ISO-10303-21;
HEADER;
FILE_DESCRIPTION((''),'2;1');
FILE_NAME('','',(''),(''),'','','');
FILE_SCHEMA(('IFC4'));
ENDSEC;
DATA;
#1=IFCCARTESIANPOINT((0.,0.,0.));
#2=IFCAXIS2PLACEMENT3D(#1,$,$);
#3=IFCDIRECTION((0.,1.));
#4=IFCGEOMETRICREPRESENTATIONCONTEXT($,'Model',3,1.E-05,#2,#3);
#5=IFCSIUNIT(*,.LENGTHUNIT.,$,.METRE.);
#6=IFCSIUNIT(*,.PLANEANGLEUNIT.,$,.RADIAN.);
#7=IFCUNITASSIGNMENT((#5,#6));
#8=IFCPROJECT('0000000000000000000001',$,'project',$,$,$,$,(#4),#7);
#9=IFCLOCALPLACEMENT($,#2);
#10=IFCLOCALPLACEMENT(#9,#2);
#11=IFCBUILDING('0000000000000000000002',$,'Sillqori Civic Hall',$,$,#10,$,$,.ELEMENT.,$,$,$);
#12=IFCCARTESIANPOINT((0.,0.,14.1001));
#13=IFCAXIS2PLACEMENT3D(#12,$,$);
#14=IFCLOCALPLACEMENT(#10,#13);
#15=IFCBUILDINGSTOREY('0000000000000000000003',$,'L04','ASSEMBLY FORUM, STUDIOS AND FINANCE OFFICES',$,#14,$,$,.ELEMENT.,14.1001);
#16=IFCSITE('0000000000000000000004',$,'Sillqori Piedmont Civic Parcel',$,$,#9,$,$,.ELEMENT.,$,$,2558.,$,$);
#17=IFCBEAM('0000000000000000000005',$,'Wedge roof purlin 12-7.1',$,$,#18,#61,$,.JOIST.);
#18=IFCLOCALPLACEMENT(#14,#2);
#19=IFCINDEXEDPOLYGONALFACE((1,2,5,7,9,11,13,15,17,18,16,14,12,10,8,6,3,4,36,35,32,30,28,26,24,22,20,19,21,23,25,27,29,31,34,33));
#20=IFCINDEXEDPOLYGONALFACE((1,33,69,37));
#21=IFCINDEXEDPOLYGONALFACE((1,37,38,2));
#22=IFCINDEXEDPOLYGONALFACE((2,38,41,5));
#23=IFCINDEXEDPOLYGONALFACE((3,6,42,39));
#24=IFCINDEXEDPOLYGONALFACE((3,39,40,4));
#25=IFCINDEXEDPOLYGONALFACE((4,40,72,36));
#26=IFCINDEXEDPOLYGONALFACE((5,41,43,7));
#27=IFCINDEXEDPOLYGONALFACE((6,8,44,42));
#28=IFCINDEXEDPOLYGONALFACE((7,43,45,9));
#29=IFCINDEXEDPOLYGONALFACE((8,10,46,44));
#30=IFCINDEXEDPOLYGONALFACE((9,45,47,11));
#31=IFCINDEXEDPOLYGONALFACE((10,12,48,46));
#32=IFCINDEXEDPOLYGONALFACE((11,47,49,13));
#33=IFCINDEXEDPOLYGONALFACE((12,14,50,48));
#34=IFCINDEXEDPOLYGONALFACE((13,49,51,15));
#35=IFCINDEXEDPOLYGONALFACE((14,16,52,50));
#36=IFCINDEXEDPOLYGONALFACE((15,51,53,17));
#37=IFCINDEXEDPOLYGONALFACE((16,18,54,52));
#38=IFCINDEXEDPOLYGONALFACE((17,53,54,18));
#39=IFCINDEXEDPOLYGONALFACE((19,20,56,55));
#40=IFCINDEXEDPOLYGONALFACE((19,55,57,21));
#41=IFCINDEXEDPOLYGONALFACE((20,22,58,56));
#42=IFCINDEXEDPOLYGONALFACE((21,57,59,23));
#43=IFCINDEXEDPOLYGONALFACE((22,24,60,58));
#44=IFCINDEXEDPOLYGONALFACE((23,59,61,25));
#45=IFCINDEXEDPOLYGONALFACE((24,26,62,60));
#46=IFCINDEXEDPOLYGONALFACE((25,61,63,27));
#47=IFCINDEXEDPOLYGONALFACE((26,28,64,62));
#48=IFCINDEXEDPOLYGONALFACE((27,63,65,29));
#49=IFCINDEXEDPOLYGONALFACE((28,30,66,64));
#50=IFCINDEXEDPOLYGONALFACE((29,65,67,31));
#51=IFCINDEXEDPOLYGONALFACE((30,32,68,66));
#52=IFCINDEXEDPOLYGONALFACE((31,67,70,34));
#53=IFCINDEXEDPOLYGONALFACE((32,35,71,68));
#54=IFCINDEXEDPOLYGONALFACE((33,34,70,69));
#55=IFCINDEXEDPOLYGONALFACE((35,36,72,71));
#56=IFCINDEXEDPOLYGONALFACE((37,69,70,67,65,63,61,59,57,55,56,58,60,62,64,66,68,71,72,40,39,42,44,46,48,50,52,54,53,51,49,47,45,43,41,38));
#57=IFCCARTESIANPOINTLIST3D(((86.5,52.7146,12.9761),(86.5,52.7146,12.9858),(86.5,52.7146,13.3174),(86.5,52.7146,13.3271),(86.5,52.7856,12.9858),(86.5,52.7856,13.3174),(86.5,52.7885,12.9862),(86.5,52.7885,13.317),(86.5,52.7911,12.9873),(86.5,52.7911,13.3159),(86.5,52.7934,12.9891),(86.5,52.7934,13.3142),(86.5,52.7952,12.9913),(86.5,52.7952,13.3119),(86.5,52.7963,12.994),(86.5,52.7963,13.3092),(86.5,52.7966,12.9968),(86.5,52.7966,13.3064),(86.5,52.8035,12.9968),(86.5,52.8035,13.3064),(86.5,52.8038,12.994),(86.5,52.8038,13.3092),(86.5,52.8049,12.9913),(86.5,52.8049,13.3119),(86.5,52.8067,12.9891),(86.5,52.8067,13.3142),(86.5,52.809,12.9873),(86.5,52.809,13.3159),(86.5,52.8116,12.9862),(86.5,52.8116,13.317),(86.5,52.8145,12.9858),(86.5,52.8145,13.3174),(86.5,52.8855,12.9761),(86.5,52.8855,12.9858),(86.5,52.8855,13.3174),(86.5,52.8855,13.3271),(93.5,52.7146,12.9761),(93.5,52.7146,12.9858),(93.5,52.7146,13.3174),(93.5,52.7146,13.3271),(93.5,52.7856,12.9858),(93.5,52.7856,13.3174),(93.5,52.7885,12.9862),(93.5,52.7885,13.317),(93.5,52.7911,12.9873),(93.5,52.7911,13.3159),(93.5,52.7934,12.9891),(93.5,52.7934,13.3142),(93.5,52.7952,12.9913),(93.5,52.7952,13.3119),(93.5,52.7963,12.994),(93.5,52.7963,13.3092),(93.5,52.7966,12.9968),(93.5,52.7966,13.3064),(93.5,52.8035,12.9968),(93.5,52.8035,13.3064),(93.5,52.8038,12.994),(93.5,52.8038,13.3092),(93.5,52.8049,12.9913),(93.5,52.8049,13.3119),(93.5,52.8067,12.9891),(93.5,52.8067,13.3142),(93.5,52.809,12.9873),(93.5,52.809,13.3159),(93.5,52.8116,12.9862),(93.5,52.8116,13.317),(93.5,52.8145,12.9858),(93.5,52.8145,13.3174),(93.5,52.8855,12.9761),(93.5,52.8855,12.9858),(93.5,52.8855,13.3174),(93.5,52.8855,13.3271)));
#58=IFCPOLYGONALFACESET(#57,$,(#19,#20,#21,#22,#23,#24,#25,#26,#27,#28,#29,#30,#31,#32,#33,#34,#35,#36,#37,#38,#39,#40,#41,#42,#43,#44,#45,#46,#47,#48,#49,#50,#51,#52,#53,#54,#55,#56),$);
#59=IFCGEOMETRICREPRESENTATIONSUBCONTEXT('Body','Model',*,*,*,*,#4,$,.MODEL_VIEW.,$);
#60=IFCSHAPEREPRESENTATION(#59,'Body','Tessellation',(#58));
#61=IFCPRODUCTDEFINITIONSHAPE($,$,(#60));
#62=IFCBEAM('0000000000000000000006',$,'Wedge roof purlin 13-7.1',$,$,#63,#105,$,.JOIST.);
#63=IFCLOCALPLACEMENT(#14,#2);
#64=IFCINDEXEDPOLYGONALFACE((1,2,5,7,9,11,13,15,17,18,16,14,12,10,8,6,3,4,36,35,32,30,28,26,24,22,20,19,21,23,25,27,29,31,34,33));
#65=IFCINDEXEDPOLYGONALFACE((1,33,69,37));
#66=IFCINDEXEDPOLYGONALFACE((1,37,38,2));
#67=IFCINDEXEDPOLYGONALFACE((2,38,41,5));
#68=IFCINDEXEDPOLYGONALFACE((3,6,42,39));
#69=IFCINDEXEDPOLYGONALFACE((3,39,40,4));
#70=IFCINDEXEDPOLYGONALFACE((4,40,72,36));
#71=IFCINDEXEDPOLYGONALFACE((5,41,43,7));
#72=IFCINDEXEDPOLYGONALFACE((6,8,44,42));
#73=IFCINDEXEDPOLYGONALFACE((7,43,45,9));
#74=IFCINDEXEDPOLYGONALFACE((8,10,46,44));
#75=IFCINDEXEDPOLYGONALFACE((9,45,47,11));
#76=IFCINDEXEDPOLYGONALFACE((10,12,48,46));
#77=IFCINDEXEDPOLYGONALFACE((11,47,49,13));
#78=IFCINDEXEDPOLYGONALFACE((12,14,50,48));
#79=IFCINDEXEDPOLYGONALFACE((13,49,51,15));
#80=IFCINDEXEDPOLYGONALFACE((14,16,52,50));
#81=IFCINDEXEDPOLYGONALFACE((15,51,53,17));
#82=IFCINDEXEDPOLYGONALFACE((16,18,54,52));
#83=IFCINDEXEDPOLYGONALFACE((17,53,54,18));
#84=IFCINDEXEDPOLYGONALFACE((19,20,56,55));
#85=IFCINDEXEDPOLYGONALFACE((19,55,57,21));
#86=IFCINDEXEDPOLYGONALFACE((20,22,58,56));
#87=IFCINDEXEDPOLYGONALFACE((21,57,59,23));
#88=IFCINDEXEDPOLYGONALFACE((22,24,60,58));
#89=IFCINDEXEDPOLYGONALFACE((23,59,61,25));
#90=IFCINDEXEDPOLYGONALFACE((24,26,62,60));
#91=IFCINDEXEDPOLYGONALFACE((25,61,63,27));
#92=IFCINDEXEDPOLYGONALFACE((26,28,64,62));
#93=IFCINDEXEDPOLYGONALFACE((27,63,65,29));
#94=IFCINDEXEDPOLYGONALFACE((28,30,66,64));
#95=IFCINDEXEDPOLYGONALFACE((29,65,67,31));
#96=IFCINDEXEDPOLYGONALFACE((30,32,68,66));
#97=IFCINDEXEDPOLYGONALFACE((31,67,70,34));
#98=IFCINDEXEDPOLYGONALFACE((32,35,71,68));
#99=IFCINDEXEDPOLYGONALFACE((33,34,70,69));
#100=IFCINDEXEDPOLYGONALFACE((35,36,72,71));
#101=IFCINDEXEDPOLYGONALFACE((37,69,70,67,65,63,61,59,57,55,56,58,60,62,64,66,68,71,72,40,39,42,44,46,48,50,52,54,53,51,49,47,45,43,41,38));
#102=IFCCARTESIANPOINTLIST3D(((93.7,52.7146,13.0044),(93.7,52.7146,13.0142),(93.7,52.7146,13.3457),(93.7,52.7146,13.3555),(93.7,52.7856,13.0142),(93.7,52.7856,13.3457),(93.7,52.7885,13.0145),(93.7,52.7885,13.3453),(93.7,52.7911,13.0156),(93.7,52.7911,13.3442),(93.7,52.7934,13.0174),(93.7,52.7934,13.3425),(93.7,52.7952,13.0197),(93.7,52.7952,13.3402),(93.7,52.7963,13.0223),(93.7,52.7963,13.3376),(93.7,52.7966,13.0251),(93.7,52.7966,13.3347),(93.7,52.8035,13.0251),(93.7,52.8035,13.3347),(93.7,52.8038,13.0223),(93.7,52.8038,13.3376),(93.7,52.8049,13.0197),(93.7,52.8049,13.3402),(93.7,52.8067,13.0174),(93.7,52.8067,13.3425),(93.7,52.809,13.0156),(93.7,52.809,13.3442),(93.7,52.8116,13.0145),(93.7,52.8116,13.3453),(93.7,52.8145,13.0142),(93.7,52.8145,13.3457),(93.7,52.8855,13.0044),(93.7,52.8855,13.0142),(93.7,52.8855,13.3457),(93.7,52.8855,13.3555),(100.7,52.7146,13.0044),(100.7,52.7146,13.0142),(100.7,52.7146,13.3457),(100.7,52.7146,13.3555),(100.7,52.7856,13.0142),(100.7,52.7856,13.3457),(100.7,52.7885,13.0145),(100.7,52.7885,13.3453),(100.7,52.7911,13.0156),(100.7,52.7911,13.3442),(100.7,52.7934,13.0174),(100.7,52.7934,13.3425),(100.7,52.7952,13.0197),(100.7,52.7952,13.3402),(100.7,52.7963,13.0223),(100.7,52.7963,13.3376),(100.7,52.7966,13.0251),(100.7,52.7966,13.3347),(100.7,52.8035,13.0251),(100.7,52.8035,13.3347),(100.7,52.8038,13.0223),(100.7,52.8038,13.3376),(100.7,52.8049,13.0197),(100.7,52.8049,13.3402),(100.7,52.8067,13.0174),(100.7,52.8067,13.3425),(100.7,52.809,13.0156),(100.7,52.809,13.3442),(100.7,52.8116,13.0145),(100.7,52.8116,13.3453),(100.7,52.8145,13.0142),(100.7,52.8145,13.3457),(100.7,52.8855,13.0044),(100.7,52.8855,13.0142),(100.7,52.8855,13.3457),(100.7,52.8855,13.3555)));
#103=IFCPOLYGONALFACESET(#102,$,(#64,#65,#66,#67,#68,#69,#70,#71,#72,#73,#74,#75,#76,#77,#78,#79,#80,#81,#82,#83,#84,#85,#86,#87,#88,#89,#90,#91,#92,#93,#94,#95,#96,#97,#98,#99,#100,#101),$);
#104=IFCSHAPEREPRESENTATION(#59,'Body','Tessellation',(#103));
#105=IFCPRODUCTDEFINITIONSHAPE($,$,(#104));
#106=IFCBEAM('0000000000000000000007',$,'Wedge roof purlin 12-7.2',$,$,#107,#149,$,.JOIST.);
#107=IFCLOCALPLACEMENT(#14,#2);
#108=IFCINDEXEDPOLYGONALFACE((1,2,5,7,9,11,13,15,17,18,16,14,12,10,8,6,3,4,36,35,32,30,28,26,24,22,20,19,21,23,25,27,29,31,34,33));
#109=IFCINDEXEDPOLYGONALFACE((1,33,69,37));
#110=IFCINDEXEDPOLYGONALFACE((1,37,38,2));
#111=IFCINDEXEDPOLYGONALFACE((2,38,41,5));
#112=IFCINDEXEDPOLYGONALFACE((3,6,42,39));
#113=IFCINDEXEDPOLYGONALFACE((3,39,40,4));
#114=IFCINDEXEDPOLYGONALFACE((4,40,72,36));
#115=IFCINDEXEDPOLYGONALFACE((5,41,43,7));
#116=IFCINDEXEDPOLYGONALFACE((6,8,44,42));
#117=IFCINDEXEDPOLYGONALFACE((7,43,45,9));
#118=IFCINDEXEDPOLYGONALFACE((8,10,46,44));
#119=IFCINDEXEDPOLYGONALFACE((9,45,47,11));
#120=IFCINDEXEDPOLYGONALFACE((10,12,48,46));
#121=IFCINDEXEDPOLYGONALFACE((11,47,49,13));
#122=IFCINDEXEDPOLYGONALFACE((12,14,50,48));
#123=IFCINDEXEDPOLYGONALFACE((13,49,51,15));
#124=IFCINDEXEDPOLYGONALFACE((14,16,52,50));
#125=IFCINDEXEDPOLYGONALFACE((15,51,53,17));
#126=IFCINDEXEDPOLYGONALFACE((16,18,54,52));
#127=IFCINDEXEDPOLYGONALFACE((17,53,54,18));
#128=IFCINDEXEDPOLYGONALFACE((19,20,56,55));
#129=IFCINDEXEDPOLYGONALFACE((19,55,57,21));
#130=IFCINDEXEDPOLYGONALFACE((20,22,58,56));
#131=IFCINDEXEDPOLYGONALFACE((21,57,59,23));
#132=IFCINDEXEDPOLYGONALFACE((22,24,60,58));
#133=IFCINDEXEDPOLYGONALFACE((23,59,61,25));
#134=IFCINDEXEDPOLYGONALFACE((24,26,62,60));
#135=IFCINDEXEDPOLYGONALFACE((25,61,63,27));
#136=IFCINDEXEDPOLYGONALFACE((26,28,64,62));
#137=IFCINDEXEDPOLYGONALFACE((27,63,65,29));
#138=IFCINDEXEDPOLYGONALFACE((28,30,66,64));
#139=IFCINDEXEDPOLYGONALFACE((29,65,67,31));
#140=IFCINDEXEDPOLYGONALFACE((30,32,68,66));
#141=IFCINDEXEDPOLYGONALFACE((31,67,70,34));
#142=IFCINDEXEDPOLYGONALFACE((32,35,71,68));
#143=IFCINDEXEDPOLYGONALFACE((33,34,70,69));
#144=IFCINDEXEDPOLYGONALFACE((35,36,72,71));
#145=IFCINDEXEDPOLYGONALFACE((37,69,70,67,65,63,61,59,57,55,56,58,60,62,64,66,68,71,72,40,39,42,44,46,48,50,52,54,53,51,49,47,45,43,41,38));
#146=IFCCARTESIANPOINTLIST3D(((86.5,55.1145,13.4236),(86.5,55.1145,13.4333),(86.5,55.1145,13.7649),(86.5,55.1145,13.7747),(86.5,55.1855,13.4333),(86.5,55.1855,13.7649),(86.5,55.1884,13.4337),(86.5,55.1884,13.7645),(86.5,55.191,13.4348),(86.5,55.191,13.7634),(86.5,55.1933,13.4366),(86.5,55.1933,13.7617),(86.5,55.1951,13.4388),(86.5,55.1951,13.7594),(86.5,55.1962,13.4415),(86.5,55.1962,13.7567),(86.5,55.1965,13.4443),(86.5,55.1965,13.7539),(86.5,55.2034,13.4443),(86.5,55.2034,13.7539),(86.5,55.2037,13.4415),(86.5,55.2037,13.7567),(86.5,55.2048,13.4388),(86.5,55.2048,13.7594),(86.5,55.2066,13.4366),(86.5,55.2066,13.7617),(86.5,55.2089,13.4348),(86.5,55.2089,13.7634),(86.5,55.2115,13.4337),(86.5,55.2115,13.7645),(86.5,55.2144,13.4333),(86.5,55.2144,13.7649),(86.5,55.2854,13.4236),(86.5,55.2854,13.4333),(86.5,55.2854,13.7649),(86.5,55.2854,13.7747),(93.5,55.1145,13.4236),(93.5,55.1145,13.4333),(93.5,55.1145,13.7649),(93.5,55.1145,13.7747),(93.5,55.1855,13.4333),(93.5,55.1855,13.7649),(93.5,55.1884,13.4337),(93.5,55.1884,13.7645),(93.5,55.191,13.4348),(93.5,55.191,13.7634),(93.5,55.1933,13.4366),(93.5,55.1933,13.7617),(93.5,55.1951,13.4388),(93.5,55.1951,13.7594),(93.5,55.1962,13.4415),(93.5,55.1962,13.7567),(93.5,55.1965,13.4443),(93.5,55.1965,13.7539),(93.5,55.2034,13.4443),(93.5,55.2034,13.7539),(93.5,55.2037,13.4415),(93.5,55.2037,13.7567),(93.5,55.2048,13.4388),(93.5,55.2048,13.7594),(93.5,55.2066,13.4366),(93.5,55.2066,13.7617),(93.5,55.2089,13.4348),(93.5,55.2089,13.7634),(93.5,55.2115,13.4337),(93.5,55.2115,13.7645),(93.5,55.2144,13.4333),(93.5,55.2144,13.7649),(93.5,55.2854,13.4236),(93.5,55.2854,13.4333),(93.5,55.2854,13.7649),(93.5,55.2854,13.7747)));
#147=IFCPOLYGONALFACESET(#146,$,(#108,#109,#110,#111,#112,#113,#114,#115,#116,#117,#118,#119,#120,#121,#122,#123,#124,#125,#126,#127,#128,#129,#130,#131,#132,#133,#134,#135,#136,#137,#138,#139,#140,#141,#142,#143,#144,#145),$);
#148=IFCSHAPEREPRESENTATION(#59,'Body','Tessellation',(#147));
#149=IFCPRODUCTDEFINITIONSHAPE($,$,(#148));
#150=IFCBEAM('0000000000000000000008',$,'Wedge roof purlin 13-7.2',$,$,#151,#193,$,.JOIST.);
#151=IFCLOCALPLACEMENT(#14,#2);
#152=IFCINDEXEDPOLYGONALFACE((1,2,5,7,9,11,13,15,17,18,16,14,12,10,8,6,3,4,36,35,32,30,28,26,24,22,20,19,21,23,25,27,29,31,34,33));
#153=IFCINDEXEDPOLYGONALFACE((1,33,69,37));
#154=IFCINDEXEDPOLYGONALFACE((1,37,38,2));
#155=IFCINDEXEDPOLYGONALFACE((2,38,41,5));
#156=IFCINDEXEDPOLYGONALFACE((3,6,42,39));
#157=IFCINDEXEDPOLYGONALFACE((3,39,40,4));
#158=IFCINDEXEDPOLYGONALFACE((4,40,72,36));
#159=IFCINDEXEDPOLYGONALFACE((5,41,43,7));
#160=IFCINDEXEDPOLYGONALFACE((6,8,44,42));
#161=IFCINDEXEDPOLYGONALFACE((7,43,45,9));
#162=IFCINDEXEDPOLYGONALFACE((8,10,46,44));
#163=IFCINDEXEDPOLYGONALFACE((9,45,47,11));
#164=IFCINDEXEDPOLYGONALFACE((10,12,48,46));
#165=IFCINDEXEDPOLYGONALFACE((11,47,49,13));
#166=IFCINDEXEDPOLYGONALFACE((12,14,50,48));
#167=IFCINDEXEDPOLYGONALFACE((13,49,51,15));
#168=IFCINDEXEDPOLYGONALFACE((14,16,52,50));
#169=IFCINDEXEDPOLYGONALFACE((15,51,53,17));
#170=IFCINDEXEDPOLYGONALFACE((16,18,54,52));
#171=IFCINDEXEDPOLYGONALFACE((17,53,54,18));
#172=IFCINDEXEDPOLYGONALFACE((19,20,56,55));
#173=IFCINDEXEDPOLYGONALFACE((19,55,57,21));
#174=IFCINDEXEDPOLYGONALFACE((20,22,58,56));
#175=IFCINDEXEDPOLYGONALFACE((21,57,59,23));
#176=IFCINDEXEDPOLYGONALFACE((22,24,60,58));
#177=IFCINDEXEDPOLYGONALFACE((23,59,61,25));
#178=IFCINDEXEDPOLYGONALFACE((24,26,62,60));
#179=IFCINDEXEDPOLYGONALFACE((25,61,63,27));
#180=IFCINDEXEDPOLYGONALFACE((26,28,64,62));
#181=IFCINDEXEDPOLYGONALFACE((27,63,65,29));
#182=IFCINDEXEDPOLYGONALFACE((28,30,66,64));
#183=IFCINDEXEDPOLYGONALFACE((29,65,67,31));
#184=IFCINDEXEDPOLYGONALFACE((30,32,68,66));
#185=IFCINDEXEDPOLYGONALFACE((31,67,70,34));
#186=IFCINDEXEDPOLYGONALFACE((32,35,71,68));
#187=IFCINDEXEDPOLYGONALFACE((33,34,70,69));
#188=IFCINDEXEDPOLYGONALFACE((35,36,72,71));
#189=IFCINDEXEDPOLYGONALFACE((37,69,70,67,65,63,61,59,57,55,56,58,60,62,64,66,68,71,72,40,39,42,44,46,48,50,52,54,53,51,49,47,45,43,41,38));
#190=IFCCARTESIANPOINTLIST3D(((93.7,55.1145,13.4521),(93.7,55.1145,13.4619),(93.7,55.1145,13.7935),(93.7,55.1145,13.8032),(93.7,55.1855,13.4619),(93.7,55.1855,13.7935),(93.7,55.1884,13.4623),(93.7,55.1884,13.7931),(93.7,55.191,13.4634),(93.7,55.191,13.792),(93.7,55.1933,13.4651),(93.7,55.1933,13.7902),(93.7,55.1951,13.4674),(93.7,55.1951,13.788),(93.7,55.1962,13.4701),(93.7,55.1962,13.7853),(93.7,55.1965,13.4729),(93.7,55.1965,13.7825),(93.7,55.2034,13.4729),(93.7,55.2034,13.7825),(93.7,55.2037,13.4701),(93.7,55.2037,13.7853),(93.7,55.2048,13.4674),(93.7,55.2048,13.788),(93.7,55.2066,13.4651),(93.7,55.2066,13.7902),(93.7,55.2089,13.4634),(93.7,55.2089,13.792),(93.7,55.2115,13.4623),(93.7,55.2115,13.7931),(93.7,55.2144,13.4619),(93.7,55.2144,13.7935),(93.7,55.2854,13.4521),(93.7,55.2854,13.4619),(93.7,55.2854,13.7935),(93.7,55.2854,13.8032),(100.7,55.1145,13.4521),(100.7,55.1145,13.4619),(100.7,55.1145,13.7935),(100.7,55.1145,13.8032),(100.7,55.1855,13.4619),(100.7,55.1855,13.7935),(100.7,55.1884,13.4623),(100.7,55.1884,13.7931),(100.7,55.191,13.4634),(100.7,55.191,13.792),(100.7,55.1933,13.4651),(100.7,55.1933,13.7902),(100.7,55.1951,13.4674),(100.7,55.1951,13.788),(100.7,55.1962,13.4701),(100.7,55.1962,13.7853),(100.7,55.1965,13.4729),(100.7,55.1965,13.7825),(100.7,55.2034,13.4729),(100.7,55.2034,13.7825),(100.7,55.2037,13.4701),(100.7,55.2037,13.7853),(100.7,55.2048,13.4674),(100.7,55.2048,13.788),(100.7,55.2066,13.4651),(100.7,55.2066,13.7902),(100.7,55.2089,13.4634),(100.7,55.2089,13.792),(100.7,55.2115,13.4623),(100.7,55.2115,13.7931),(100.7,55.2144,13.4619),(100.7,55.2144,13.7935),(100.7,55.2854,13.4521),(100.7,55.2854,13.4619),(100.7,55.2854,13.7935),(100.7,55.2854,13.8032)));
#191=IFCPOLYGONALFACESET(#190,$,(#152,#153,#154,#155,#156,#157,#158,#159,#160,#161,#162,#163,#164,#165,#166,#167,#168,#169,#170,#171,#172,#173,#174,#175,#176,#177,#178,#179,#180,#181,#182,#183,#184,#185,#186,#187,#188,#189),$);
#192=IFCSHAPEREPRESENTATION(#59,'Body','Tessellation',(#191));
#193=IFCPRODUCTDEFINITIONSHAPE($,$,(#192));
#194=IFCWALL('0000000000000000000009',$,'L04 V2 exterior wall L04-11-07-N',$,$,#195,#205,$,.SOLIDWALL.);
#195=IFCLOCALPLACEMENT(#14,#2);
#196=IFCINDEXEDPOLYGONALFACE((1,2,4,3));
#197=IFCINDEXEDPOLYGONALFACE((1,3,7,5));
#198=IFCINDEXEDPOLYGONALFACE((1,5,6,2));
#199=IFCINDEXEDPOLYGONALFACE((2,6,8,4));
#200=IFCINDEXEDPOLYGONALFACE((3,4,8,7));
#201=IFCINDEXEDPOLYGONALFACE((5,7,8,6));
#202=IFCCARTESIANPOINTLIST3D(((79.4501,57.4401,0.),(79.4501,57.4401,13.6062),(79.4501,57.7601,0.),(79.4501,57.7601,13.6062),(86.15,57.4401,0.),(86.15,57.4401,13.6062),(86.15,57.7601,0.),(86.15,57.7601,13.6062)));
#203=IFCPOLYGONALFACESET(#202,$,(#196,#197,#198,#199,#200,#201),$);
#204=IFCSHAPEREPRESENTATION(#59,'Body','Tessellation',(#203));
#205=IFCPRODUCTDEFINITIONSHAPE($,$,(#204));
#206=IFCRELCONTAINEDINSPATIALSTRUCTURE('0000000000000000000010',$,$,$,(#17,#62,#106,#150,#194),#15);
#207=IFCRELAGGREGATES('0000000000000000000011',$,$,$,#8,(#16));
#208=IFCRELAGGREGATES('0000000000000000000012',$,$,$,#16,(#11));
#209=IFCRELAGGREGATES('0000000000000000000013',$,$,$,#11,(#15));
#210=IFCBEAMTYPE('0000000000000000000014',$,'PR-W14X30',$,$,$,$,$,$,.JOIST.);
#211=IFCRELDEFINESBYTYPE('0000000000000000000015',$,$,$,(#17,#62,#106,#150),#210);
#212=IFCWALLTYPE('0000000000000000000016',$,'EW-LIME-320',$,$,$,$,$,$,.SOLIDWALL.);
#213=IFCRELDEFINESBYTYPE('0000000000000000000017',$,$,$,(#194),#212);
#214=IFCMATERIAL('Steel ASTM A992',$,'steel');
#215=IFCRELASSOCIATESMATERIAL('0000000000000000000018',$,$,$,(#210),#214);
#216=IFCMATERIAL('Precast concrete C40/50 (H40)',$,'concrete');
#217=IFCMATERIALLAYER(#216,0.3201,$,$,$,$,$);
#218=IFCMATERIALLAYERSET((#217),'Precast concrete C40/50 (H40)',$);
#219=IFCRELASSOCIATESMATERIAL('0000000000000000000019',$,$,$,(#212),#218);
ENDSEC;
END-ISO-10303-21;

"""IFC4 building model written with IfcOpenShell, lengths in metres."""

from ifc_helpers import new_model, si_unit, direction, frame, frame_2d, origin, origin_2d, place, context, subcontext, project, spatial, rectangle, i_section, extrude, material, layer, layer_set, material_profile, profile_set, type_object, element, save


model = new_model("IFC4")

# Units and contexts
model_context = context("Model", 3, precision=1e-05, world=origin(), true_north=direction((0.0, 1.0)))
body_context = subcontext(model_context, "Body", "Model", "MODEL_VIEW")
ifc_project = project(units=[si_unit("LENGTHUNIT", "METRE"), si_unit("PLANEANGLEUNIT", "RADIAN")], contexts=[model_context])

# Site, building, storey
site_placement = place(None, origin())
site = spatial("IfcSite", under=ifc_project, at=site_placement, Name="Sillqori Piedmont Civic Parcel", CompositionType="ELEMENT", RefElevation=2558.0)
building_placement = place(site_placement, origin())
building = spatial("IfcBuilding", under=site, at=building_placement, Name="Sillqori Civic Hall", CompositionType="ELEMENT")
storey_placement = place(building_placement, frame((0.0, 0.0, 14.1001)))
storey = spatial("IfcBuildingStorey", under=building, at=storey_placement, Name="L04", Description="ASSEMBLY FORUM, STUDIOS AND FINANCE OFFICES", CompositionType="ELEMENT", Elevation=14.1001)

# Shared definitions
ifc_material_1 = material(Name="Steel ASTM A992", Category="steel")

# Beams
ifc_material_profile_1 = material_profile(ifc_material_1, i_section(OverallWidth=0.1709, OverallDepth=0.3511, WebThickness=0.0068, FlangeThickness=0.0098, FilletRadius=0.011, at=origin_2d()), Name="W14X30")
ifc_profile_set_1 = profile_set([ifc_material_profile_1], Name="Steel ASTM A992")
beam_type_1 = type_object("IfcBeamType", Name="PR-W14X30", PredefinedType="JOIST", material=ifc_profile_set_1)
for number, where, z_axis, x_axis, name in (
    (1, (86.5, 52.8, 13.1516), (1.0, 0.0, 0.0), (0.0, 1.0, 0.0), "Wedge roof purlin 12-7.1"),
    (2, (93.7, 52.8, 13.1799), (1.0, 0.0, 0.0), (0.0, 1.0, 0.0), "Wedge roof purlin 13-7.1"),
    (3, (86.5, 55.2, 13.5991), (1.0, 0.0, 0.0), (0.0, 1.0, 0.0), "Wedge roof purlin 12-7.2"),
    (4, (93.7, 55.2, 13.6277), (1.0, 0.0, 0.0), (0.0, 1.0, 0.0), "Wedge roof purlin 13-7.2"),
):
    element("IfcBeam", number, at=place(storey_placement, frame(where, z_axis=z_axis, x_axis=x_axis)), inside=storey, type_object=beam_type_1, Name=name, PredefinedType="JOIST", context=body_context, shape_type="SweptSolid", body=[
        extrude(i_section(OverallWidth=0.1709, OverallDepth=0.3511, WebThickness=0.0068, FlangeThickness=0.0098, FilletRadius=0.011, at=origin_2d()), origin(), (0.0, 0.0, 1.0), 7.0),
    ])

# Wall
ifc_material_2 = material(Name="Precast concrete C40/50 (H40)", Category="concrete")
ifc_layer_1 = layer(ifc_material_2, 0.3201)
ifc_layer_set_1 = layer_set([ifc_layer_1], Name="Precast concrete C40/50 (H40)")
wall_type_1 = type_object("IfcWallType", Name="EW-LIME-320", PredefinedType="SOLIDWALL", material=ifc_layer_set_1)
wall_1_placement = place(storey_placement, frame((79.45, 57.6001, 0.0), z_axis=(0.0, 0.0, 1.0), x_axis=(1.0, 0.0, 0.0)))
element("IfcWall", 5, at=wall_1_placement, inside=storey, type_object=wall_type_1, Name="L04 V2 exterior wall L04-11-07-N", PredefinedType="SOLIDWALL", context=body_context, shape_type="SweptSolid", body=[
    extrude(rectangle(XDim=6.7, YDim=0.3201, at=frame_2d((3.3501, 0.0))), origin(), (0.0, 0.0, 1.0), 13.6062),
])

save(model, "model.ifc")
